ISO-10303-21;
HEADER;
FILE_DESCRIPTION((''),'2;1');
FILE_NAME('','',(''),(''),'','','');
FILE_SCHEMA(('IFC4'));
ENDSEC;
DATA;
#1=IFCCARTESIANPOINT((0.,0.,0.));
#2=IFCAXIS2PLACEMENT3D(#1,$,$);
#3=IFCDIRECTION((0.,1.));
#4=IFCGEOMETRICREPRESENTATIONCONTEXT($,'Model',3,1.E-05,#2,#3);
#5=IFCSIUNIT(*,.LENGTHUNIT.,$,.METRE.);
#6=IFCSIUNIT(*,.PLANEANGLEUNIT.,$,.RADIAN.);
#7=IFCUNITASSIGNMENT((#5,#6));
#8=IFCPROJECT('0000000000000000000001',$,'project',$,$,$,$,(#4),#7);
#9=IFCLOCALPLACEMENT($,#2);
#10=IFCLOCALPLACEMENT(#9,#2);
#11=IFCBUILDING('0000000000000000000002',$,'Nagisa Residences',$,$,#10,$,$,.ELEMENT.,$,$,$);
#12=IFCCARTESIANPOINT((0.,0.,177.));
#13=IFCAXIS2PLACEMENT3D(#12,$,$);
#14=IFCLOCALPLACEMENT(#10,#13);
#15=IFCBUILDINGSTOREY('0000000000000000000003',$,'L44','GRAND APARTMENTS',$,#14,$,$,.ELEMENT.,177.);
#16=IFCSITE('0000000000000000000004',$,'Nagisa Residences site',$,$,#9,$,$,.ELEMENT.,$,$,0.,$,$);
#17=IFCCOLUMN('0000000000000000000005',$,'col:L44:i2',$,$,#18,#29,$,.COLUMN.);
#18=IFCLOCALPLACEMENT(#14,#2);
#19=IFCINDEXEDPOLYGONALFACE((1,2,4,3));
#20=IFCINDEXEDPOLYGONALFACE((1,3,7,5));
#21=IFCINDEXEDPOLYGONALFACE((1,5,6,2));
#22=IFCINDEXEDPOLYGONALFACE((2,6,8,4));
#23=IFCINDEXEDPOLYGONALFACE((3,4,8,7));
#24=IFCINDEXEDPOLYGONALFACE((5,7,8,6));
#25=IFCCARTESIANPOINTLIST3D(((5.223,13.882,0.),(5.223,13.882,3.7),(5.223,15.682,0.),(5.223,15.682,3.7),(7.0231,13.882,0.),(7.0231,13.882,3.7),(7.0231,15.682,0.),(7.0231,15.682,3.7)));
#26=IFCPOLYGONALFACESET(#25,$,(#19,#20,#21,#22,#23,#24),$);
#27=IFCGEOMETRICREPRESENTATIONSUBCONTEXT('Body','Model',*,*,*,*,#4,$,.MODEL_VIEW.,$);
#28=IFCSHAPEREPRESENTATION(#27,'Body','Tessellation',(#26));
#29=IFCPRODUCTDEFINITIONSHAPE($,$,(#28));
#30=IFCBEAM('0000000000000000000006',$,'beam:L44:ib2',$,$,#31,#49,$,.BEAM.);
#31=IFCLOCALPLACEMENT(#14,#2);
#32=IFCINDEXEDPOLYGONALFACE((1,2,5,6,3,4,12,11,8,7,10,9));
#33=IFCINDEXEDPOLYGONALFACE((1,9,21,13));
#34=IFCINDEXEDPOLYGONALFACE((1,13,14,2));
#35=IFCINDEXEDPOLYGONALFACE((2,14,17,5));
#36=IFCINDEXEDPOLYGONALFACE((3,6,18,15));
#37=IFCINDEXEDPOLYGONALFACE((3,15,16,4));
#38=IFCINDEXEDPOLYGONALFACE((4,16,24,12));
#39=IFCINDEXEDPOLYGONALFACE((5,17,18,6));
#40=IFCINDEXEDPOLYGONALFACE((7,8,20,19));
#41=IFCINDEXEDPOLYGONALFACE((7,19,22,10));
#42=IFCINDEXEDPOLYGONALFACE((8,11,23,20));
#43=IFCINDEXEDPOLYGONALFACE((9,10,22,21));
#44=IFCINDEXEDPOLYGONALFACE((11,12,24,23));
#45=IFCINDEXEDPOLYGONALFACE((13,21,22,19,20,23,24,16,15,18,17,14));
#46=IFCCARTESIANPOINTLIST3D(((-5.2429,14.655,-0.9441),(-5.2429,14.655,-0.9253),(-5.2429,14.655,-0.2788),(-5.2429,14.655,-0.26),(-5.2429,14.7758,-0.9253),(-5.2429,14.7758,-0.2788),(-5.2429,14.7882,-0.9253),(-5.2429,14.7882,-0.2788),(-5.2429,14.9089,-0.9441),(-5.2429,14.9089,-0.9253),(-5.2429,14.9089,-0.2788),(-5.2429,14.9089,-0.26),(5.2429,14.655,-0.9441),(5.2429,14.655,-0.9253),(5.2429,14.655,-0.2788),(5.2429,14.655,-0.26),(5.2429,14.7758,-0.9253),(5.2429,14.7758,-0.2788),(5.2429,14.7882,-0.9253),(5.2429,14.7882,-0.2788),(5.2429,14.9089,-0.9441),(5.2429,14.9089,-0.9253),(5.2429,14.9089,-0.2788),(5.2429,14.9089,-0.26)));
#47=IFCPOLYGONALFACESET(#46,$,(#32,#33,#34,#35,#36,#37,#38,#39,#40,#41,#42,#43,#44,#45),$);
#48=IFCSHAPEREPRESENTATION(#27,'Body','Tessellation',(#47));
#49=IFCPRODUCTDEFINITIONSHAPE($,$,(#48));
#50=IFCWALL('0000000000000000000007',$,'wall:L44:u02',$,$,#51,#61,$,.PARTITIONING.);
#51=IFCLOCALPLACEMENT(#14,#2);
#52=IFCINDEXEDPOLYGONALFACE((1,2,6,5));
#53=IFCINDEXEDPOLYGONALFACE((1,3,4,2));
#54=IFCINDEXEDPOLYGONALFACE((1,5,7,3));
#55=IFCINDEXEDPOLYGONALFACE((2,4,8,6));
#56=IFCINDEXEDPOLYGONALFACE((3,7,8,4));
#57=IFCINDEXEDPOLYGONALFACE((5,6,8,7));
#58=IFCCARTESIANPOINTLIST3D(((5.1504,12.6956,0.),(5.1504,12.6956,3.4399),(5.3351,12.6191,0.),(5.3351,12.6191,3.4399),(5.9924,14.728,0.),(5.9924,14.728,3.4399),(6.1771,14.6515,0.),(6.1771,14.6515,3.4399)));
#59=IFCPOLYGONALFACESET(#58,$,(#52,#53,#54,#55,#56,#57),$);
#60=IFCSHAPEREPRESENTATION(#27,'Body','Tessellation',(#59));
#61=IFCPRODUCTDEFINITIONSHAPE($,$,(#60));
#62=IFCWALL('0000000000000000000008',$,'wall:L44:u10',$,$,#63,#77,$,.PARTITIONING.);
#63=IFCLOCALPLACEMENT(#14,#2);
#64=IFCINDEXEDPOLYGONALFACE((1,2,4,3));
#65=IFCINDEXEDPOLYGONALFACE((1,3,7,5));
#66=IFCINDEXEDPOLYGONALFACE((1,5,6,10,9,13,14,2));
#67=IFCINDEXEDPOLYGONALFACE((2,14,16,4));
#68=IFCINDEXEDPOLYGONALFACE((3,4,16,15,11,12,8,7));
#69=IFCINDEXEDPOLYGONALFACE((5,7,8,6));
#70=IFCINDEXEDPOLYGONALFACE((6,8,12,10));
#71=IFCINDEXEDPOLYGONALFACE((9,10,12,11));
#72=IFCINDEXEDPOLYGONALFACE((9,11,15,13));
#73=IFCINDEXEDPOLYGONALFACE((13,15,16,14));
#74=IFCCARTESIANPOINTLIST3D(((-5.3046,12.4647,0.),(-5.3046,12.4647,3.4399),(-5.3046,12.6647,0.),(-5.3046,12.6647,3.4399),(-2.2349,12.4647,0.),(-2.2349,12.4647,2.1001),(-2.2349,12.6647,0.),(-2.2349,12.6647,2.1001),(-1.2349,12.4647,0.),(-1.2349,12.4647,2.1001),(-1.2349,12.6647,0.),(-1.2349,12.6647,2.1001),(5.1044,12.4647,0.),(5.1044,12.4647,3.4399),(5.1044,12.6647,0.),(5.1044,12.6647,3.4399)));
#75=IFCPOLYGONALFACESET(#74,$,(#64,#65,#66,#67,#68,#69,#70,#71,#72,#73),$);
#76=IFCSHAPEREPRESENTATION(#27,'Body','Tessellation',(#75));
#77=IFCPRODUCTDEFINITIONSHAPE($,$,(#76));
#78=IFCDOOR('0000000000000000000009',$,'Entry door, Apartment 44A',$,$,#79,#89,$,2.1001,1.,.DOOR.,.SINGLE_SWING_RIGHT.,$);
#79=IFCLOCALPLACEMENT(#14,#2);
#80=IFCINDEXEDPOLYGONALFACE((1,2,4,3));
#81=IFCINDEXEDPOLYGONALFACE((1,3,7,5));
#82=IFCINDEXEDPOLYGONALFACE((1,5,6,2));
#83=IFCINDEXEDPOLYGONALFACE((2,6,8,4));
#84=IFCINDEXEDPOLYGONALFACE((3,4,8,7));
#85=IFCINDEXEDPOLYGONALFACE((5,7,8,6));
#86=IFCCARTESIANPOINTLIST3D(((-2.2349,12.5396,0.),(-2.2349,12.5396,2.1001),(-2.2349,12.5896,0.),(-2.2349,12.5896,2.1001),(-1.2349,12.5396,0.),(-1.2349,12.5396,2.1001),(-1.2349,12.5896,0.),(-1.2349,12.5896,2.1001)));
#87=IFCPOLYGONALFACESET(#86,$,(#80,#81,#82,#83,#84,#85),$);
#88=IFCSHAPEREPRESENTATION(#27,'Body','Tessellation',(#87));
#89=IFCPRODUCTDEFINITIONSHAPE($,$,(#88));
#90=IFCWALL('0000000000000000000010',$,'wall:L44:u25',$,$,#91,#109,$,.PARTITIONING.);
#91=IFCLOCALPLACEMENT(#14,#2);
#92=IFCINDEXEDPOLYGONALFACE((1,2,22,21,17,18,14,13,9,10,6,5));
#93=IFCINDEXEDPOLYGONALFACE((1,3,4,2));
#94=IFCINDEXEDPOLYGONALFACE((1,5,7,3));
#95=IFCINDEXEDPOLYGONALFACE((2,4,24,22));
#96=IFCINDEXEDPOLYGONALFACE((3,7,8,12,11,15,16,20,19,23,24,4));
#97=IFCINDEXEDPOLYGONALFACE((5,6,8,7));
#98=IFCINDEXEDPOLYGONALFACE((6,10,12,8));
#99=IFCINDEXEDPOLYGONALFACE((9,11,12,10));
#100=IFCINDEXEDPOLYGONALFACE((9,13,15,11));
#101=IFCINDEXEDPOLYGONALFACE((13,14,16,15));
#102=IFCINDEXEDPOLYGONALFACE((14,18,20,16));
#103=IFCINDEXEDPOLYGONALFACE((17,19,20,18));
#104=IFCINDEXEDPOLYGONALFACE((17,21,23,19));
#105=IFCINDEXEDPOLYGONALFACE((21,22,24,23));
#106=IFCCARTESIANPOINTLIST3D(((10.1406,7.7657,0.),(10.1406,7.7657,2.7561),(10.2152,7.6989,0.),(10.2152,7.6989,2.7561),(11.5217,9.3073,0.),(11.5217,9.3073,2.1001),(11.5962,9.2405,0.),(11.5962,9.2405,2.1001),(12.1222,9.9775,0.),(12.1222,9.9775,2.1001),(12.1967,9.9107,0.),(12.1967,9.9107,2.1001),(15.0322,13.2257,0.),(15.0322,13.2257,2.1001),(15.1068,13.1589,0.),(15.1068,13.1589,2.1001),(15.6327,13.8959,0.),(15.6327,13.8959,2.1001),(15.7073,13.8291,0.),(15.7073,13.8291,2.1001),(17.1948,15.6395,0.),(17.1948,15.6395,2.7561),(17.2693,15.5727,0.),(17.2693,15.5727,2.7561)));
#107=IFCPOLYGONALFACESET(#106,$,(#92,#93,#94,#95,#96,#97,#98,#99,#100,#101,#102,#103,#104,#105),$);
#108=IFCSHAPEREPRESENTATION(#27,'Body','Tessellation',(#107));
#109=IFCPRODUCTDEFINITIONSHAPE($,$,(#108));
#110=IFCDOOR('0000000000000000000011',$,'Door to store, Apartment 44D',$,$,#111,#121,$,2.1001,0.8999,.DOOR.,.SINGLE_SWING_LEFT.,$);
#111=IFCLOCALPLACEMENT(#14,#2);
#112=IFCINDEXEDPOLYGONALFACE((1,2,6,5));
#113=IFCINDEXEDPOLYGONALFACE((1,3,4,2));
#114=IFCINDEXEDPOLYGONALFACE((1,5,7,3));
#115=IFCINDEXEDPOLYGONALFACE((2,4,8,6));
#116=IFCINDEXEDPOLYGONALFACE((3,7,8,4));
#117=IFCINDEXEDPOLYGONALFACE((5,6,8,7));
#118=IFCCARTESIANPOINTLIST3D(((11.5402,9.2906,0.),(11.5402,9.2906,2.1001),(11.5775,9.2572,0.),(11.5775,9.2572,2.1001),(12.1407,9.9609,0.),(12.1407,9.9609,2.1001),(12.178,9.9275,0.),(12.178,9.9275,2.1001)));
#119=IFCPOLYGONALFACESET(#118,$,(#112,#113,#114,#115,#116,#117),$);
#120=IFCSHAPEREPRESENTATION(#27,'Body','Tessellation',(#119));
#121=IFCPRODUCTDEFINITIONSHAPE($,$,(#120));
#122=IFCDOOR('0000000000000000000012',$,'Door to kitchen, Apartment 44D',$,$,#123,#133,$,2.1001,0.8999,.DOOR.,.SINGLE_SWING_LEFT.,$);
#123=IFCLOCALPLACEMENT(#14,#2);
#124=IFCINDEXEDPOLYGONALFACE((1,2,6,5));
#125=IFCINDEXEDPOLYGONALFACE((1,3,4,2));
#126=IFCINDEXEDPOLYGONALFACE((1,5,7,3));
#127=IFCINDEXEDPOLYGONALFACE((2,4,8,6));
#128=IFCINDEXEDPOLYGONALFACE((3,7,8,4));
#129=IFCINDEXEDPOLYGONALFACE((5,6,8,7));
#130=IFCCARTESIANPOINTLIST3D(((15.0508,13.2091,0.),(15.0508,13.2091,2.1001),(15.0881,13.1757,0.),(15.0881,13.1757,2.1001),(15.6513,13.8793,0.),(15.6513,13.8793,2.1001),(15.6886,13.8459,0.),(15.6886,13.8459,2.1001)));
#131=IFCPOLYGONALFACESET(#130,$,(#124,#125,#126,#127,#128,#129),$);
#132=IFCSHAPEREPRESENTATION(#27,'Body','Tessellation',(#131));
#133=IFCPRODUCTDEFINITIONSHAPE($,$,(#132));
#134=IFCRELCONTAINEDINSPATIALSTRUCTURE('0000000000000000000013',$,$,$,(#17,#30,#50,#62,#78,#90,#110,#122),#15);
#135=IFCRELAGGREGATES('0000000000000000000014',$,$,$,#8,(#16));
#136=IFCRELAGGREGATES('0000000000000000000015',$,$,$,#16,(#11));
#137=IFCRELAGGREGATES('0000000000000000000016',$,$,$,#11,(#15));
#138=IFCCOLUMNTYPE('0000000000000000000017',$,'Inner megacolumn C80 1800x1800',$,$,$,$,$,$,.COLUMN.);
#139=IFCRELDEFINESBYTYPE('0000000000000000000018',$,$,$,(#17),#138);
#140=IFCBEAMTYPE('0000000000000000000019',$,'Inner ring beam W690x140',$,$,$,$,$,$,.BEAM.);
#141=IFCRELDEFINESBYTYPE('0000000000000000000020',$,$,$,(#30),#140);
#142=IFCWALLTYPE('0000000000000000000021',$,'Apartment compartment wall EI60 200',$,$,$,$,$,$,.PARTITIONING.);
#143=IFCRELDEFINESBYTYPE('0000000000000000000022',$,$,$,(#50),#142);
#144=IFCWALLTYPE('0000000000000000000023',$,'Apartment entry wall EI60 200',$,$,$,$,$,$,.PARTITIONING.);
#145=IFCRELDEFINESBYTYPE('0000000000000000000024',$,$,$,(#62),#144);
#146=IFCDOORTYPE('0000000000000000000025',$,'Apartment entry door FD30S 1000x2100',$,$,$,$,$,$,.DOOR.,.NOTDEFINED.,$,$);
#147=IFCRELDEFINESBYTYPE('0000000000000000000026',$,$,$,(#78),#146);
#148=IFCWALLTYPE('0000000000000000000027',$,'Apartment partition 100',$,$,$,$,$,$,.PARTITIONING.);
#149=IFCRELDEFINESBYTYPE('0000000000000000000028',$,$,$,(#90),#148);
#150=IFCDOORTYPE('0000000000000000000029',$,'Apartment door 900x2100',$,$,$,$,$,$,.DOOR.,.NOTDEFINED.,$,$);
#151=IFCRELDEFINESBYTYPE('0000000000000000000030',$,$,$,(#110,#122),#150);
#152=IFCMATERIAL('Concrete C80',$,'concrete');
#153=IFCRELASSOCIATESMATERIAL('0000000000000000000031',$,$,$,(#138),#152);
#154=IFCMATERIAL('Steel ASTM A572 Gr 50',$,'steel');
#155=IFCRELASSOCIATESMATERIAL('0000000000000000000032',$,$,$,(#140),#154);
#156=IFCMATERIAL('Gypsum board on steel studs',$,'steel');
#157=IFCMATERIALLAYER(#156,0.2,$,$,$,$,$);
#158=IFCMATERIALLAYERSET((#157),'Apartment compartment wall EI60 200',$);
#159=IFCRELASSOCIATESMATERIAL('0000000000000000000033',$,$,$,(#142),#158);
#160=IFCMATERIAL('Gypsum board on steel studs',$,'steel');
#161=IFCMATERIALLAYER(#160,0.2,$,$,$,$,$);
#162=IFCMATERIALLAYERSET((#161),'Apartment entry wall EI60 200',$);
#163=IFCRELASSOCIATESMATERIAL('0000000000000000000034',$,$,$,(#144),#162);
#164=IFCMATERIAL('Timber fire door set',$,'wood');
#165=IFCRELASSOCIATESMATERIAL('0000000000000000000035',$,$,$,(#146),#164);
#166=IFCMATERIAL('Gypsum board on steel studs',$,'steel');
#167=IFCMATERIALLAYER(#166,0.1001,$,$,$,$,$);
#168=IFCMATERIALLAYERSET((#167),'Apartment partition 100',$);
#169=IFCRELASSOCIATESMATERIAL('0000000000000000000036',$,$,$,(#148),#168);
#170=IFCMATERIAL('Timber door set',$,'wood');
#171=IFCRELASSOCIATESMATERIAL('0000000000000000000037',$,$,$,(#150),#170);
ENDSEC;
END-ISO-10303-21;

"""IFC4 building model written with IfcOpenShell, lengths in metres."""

from ifc_helpers import new_model, si_unit, direction, frame, frame_2d, origin, origin_2d, place, context, subcontext, project, spatial, rectangle, i_section, extrude, material, layer, layer_set, material_profile, profile_set, type_object, element, fill, save


model = new_model("IFC4")

# Units and contexts
model_context = context("Model", 3, precision=1e-05, world=origin(), true_north=direction((0.0, 1.0)))
body_context = subcontext(model_context, "Body", "Model", "MODEL_VIEW")
ifc_project = project(units=[si_unit("LENGTHUNIT", "METRE"), si_unit("PLANEANGLEUNIT", "RADIAN")], contexts=[model_context])

# Site, building, storey
site_placement = place(None, origin())
site = spatial("IfcSite", under=ifc_project, at=site_placement, Name="Nagisa Residences site", CompositionType="ELEMENT", RefElevation=0.0)
building_placement = place(site_placement, origin())
building = spatial("IfcBuilding", under=site, at=building_placement, Name="Nagisa Residences", CompositionType="ELEMENT")
storey_placement = place(building_placement, frame((0.0, 0.0, 177.0)))
storey = spatial("IfcBuildingStorey", under=building, at=storey_placement, Name="L44", Description="GRAND APARTMENTS", CompositionType="ELEMENT", Elevation=177.0)

# Column
ifc_material_1 = material(Name="Concrete C80", Category="concrete")
ifc_material_profile_1 = material_profile(ifc_material_1, rectangle(XDim=1.8, YDim=1.8, at=origin_2d()), Name="C80 1800x1800")
ifc_profile_set_1 = profile_set([ifc_material_profile_1], Name="Concrete C80")
column_type = type_object("IfcColumnType", Name="Inner megacolumn C80 1800x1800", PredefinedType="COLUMN", material=ifc_profile_set_1)
column_placement = place(storey_placement, frame((6.123, 14.782, 0.0), z_axis=(0.0, 0.0, 1.0), x_axis=(1.0, 0.0, 0.0)))
element("IfcColumn", 1, at=column_placement, inside=storey, type_object=column_type, Name="col:L44:i2", PredefinedType="COLUMN", context=body_context, shape_type="SweptSolid", body=[
    extrude(rectangle(XDim=1.8, YDim=1.8, at=origin_2d()), origin(), (0.0, 0.0, 1.0), 3.7),
])

# Beam
ifc_material_2 = material(Name="Steel ASTM A572 Gr 50", Category="steel")
ifc_material_profile_2 = material_profile(ifc_material_2, i_section(OverallWidth=0.2539, OverallDepth=0.6841, WebThickness=0.0125, FlangeThickness=0.0188, at=origin_2d()), Name="W690x140")
ifc_profile_set_2 = profile_set([ifc_material_profile_2], Name="Steel ASTM A572 Gr 50")
beam_type = type_object("IfcBeamType", Name="Inner ring beam W690x140", PredefinedType="BEAM", material=ifc_profile_set_2)
beam_placement = place(storey_placement, frame((5.2429, 14.782, -0.6021), z_axis=(-1.0, 0.0, 0.0), x_axis=(0.0, -1.0, 0.0)))
element("IfcBeam", 2, at=beam_placement, inside=storey, type_object=beam_type, Name="beam:L44:ib2", PredefinedType="BEAM", context=body_context, shape_type="SweptSolid", body=[
    extrude(i_section(OverallWidth=0.2539, OverallDepth=0.6841, WebThickness=0.0125, FlangeThickness=0.0188, at=origin_2d()), origin(), (0.0, 0.0, 1.0), 10.4858),
])

# Wall
ifc_material_3 = material(Name="Gypsum board on steel studs", Category="steel")
ifc_layer_1 = layer(ifc_material_3, 0.2)
ifc_layer_set_1 = layer_set([ifc_layer_1], Name="Apartment compartment wall EI60 200")
wall_type_1 = type_object("IfcWallType", Name="Apartment compartment wall EI60 200", PredefinedType="PARTITIONING", material=ifc_layer_set_1)
wall_1_placement = place(storey_placement, frame((5.2427, 12.6572, 0.0), z_axis=(0.0, 0.0, 1.0), x_axis=(0.382747, 0.923853, 0.0)))
element("IfcWall", 3, at=wall_1_placement, inside=storey, type_object=wall_type_1, Name="wall:L44:u02", PredefinedType="PARTITIONING", context=body_context, shape_type="SweptSolid", body=[
    extrude(rectangle(XDim=2.2, YDim=0.2, at=frame_2d((1.1001, 0.0))), origin(), (0.0, 0.0, 1.0), 3.4399),
])

# Wall, opening, door
ifc_material_4 = material(Name="Gypsum board on steel studs", Category="steel")
ifc_layer_2 = layer(ifc_material_4, 0.2)
ifc_layer_set_2 = layer_set([ifc_layer_2], Name="Apartment entry wall EI60 200")
wall_type_2 = type_object("IfcWallType", Name="Apartment entry wall EI60 200", PredefinedType="PARTITIONING", material=ifc_layer_set_2)
wall_2_placement = place(storey_placement, frame((5.1045, 12.5647, 0.0), z_axis=(0.0, 0.0, 1.0), x_axis=(-1.0, 0.0, 0.0)))
wall_2 = element("IfcWall", 4, at=wall_2_placement, inside=storey, type_object=wall_type_2, Name="wall:L44:u10", PredefinedType="PARTITIONING", context=body_context, shape_type="SweptSolid", body=[
    extrude(rectangle(XDim=10.4089, YDim=0.2, at=frame_2d((5.2046, 0.0))), origin(), (0.0, 0.0, 1.0), 3.4399),
])
opening_1_placement = place(wall_2_placement, frame((6.3394, 0.0, 0.0)))
opening_1 = element("IfcOpeningElement", 5, at=opening_1_placement, cuts=wall_2, PredefinedType="OPENING", context=body_context, shape_type="SweptSolid", body=[
    extrude(rectangle(XDim=1.0, YDim=2.1001, at=frame_2d((0.5, 1.05))), frame((0.0, 0.1099, 0.0), z_axis=(0.0, -1.0, 0.0), x_axis=(1.0, 0.0, 0.0)), (0.0, 0.0, 1.0), 0.22),
])
ifc_material_5 = material(Name="Timber fire door set", Category="wood")
door_type_1 = type_object("IfcDoorType", Name="Apartment entry door FD30S 1000x2100", OperationType="NOTDEFINED", PredefinedType="DOOR", material=ifc_material_5)
door_1_placement = place(opening_1_placement, frame((1.0, 0.0, 0.0), x_axis=(-1.0, 0.0, 0.0)))
door_1 = element("IfcDoor", 6, at=door_1_placement, inside=storey, type_object=door_type_1, Name="Entry door, Apartment 44A", OperationType="SINGLE_SWING_RIGHT", OverallHeight=2.1001, OverallWidth=1.0, PredefinedType="DOOR", context=body_context, shape_type="SweptSolid", body=[
    extrude(rectangle(XDim=1.0, YDim=2.1001, at=frame_2d((0.5, 1.05))), frame((0.0, 0.0249, 0.0), z_axis=(0.0, -1.0, 0.0), x_axis=(1.0, 0.0, 0.0)), (0.0, 0.0, 1.0), 0.05),
])
fill(opening_1, door_1)

# Wall, openings, doors
ifc_material_6 = material(Name="Gypsum board on steel studs", Category="steel")
ifc_layer_3 = layer(ifc_material_6, 0.1001)
ifc_layer_set_3 = layer_set([ifc_layer_3], Name="Apartment partition 100")
wall_type_3 = type_object("IfcWallType", Name="Apartment partition 100", PredefinedType="PARTITIONING", material=ifc_layer_set_3)
wall_3_placement = place(storey_placement, frame((10.178, 7.7324, 0.0), z_axis=(0.0, 0.0, 1.0), x_axis=(0.66728, 0.744807, 0.0)))
wall_3 = element("IfcWall", 7, at=wall_3_placement, inside=storey, type_object=wall_type_3, Name="wall:L44:u25", PredefinedType="PARTITIONING", context=body_context, shape_type="SweptSolid", body=[
    extrude(rectangle(XDim=10.5715, YDim=0.1001, at=frame_2d((5.2856, 0.0))), origin(), (0.0, 0.0, 1.0), 2.7561),
])
opening_2_placement = place(wall_3_placement, frame((2.0696, 0.0, 0.0)))
opening_2 = element("IfcOpeningElement", 8, at=opening_2_placement, cuts=wall_3, PredefinedType="OPENING", context=body_context, shape_type="SweptSolid", body=[
    extrude(rectangle(XDim=0.8999, YDim=2.1001, at=frame_2d((0.45, 1.05))), frame((0.0, 0.0601, 0.0), z_axis=(0.0, -1.0, 0.0), x_axis=(1.0, 0.0, 0.0)), (0.0, 0.0, 1.0), 0.1201),
])
opening_3_placement = place(wall_3_placement, frame((7.3306, 0.0, 0.0)))
opening_3 = element("IfcOpeningElement", 9, at=opening_3_placement, cuts=wall_3, PredefinedType="OPENING", context=body_context, shape_type="SweptSolid", body=[
    extrude(rectangle(XDim=0.8999, YDim=2.1001, at=frame_2d((0.45, 1.05))), frame((0.0, 0.0601, 0.0), z_axis=(0.0, -1.0, 0.0), x_axis=(1.0, 0.0, 0.0)), (0.0, 0.0, 1.0), 0.1201),
])
ifc_material_7 = material(Name="Timber door set", Category="wood")
door_type_2 = type_object("IfcDoorType", Name="Apartment door 900x2100", OperationType="NOTDEFINED", PredefinedType="DOOR", material=ifc_material_7)
door_2_placement = place(opening_2_placement, frame((0.8999, 0.0, 0.0), x_axis=(-1.0, 0.0, 0.0)))
door_2 = element("IfcDoor", 10, at=door_2_placement, inside=storey, type_object=door_type_2, Name="Door to store, Apartment 44D", OperationType="SINGLE_SWING_LEFT", OverallHeight=2.1001, OverallWidth=0.8999, PredefinedType="DOOR", context=body_context, shape_type="SweptSolid", body=[
    extrude(rectangle(XDim=0.8999, YDim=2.1001, at=frame_2d((0.45, 1.05))), frame((0.0, 0.0249, 0.0), z_axis=(0.0, -1.0, 0.0), x_axis=(1.0, 0.0, 0.0)), (0.0, 0.0, 1.0), 0.05),
])
fill(opening_2, door_2)
door_3_placement = place(opening_3_placement, frame((0.8999, 0.0, 0.0), x_axis=(-1.0, 0.0, 0.0)))
door_3 = element("IfcDoor", 11, at=door_3_placement, inside=storey, type_object=door_type_2, Name="Door to kitchen, Apartment 44D", OperationType="SINGLE_SWING_LEFT", OverallHeight=2.1001, OverallWidth=0.8999, PredefinedType="DOOR", context=body_context, shape_type="SweptSolid", body=[
    extrude(rectangle(XDim=0.8999, YDim=2.1001, at=frame_2d((0.45, 1.05))), frame((0.0, 0.0249, 0.0), z_axis=(0.0, -1.0, 0.0), x_axis=(1.0, 0.0, 0.0)), (0.0, 0.0, 1.0), 0.05),
])
fill(opening_3, door_3)

save(model, "model.ifc")
